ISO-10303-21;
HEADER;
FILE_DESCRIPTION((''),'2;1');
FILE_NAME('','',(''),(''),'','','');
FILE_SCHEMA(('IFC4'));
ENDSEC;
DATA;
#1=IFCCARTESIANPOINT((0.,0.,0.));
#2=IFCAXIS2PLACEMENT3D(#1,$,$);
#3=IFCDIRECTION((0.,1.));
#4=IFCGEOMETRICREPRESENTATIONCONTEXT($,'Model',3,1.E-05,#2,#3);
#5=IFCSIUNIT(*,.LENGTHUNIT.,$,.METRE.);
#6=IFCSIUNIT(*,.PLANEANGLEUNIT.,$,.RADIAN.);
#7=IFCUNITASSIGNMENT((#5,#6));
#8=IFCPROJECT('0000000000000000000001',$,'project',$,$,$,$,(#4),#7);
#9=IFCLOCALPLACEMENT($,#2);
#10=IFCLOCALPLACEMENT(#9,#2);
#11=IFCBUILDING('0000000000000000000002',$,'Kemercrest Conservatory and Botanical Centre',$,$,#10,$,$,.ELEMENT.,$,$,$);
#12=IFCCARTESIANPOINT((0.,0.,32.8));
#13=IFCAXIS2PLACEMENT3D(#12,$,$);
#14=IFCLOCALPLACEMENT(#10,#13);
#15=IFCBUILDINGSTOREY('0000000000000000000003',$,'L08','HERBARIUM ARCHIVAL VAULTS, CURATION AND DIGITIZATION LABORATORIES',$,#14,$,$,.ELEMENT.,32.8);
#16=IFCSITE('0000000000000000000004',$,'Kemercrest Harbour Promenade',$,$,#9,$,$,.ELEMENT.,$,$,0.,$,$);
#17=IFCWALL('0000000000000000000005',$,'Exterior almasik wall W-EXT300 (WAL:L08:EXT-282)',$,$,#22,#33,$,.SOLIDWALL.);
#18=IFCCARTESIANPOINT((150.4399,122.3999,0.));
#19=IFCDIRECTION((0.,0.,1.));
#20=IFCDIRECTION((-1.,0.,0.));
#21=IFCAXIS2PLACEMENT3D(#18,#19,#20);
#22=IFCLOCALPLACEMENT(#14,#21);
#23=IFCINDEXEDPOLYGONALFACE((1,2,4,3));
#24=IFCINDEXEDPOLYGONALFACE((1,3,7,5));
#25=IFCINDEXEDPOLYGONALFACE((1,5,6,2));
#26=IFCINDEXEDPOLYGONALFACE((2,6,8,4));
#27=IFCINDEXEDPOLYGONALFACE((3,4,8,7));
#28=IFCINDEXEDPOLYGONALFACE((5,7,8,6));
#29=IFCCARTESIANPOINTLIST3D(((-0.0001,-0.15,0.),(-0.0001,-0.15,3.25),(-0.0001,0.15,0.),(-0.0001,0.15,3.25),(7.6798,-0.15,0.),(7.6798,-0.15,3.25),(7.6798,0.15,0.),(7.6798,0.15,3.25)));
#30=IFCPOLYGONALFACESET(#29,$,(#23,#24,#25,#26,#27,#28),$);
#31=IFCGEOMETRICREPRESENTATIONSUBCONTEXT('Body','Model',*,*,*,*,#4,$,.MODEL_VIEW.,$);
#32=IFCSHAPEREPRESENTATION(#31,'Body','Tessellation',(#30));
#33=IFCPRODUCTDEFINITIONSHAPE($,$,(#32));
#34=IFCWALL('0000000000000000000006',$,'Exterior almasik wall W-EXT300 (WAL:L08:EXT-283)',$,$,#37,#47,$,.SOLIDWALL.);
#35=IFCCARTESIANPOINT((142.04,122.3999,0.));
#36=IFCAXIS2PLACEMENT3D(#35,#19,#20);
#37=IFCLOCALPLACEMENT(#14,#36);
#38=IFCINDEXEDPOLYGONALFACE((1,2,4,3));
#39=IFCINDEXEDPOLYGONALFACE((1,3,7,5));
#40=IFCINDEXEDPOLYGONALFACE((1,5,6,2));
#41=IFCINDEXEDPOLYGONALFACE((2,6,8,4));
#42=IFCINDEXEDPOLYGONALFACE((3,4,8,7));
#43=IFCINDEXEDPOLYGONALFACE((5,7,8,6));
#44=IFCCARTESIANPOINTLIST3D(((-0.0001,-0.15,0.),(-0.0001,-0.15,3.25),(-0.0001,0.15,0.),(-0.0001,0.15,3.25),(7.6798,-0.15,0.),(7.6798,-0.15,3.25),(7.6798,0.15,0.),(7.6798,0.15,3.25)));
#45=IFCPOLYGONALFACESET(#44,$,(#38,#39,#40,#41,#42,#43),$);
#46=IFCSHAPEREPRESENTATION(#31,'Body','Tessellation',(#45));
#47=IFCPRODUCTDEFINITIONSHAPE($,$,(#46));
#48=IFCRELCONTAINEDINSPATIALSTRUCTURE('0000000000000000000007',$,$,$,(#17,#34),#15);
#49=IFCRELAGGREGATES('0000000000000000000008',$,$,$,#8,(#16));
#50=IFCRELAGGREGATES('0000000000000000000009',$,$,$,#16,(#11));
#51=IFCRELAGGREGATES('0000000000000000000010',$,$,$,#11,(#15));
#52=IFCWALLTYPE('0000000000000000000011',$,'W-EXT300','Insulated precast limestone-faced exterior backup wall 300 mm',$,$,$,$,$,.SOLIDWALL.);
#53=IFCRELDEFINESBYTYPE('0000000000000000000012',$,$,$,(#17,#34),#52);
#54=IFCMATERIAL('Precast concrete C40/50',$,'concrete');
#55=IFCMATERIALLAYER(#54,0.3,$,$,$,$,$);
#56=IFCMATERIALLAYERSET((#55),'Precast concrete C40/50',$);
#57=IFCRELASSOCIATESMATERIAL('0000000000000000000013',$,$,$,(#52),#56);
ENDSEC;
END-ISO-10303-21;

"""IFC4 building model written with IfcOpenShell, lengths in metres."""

from ifc_helpers import new_model, si_unit, direction, frame, frame_2d, origin, place, context, subcontext, project, spatial, rectangle, extrude, material, layer, layer_set, type_object, element, save


model = new_model("IFC4")

# Units and contexts
model_context = context("Model", 3, precision=1e-05, world=origin(), true_north=direction((0.0, 1.0)))
body_context = subcontext(model_context, "Body", "Model", "MODEL_VIEW")
ifc_project = project(units=[si_unit("LENGTHUNIT", "METRE"), si_unit("PLANEANGLEUNIT", "RADIAN")], contexts=[model_context])

# Site, building, storey
site_placement = place(None, origin())
site = spatial("IfcSite", under=ifc_project, at=site_placement, Name="Kemercrest Harbour Promenade", CompositionType="ELEMENT", RefElevation=0.0)
building_placement = place(site_placement, origin())
building = spatial("IfcBuilding", under=site, at=building_placement, Name="Kemercrest Conservatory and Botanical Centre", CompositionType="ELEMENT")
storey_placement = place(building_placement, frame((0.0, 0.0, 32.8)))
storey = spatial("IfcBuildingStorey", under=building, at=storey_placement, Name="L08", Description="HERBARIUM ARCHIVAL VAULTS, CURATION AND DIGITIZATION LABORATORIES", CompositionType="ELEMENT", Elevation=32.8)

# Walls
ifc_material_1 = material(Name="Precast concrete C40/50", Category="concrete")
ifc_layer_1 = layer(ifc_material_1, 0.3)
ifc_layer_set_1 = layer_set([ifc_layer_1], Name="Precast concrete C40/50")
wall_type_1 = type_object("IfcWallType", Name="W-EXT300", Description="Insulated precast limestone-faced exterior backup wall 300 mm", PredefinedType="SOLIDWALL", material=ifc_layer_set_1)
for number, where, z_axis, x_axis, name in (
    (1, (150.4399, 122.3999, 0.0), (0.0, 0.0, 1.0), (-1.0, 0.0, 0.0), "Exterior almasik wall W-EXT300 (WAL:L08:EXT-282)"),
    (2, (142.04, 122.3999, 0.0), (0.0, 0.0, 1.0), (-1.0, 0.0, 0.0), "Exterior almasik wall W-EXT300 (WAL:L08:EXT-283)"),
):
    element("IfcWall", number, at=place(storey_placement, frame(where, z_axis=z_axis, x_axis=x_axis)), inside=storey, type_object=wall_type_1, Name=name, PredefinedType="SOLIDWALL", context=body_context, shape_type="SweptSolid", body=[
        extrude(rectangle(XDim=7.6799, YDim=0.3, at=frame_2d((3.8398, 0.0))), origin(), (0.0, 0.0, 1.0), 3.25),
    ])

save(model, "model.ifc")
